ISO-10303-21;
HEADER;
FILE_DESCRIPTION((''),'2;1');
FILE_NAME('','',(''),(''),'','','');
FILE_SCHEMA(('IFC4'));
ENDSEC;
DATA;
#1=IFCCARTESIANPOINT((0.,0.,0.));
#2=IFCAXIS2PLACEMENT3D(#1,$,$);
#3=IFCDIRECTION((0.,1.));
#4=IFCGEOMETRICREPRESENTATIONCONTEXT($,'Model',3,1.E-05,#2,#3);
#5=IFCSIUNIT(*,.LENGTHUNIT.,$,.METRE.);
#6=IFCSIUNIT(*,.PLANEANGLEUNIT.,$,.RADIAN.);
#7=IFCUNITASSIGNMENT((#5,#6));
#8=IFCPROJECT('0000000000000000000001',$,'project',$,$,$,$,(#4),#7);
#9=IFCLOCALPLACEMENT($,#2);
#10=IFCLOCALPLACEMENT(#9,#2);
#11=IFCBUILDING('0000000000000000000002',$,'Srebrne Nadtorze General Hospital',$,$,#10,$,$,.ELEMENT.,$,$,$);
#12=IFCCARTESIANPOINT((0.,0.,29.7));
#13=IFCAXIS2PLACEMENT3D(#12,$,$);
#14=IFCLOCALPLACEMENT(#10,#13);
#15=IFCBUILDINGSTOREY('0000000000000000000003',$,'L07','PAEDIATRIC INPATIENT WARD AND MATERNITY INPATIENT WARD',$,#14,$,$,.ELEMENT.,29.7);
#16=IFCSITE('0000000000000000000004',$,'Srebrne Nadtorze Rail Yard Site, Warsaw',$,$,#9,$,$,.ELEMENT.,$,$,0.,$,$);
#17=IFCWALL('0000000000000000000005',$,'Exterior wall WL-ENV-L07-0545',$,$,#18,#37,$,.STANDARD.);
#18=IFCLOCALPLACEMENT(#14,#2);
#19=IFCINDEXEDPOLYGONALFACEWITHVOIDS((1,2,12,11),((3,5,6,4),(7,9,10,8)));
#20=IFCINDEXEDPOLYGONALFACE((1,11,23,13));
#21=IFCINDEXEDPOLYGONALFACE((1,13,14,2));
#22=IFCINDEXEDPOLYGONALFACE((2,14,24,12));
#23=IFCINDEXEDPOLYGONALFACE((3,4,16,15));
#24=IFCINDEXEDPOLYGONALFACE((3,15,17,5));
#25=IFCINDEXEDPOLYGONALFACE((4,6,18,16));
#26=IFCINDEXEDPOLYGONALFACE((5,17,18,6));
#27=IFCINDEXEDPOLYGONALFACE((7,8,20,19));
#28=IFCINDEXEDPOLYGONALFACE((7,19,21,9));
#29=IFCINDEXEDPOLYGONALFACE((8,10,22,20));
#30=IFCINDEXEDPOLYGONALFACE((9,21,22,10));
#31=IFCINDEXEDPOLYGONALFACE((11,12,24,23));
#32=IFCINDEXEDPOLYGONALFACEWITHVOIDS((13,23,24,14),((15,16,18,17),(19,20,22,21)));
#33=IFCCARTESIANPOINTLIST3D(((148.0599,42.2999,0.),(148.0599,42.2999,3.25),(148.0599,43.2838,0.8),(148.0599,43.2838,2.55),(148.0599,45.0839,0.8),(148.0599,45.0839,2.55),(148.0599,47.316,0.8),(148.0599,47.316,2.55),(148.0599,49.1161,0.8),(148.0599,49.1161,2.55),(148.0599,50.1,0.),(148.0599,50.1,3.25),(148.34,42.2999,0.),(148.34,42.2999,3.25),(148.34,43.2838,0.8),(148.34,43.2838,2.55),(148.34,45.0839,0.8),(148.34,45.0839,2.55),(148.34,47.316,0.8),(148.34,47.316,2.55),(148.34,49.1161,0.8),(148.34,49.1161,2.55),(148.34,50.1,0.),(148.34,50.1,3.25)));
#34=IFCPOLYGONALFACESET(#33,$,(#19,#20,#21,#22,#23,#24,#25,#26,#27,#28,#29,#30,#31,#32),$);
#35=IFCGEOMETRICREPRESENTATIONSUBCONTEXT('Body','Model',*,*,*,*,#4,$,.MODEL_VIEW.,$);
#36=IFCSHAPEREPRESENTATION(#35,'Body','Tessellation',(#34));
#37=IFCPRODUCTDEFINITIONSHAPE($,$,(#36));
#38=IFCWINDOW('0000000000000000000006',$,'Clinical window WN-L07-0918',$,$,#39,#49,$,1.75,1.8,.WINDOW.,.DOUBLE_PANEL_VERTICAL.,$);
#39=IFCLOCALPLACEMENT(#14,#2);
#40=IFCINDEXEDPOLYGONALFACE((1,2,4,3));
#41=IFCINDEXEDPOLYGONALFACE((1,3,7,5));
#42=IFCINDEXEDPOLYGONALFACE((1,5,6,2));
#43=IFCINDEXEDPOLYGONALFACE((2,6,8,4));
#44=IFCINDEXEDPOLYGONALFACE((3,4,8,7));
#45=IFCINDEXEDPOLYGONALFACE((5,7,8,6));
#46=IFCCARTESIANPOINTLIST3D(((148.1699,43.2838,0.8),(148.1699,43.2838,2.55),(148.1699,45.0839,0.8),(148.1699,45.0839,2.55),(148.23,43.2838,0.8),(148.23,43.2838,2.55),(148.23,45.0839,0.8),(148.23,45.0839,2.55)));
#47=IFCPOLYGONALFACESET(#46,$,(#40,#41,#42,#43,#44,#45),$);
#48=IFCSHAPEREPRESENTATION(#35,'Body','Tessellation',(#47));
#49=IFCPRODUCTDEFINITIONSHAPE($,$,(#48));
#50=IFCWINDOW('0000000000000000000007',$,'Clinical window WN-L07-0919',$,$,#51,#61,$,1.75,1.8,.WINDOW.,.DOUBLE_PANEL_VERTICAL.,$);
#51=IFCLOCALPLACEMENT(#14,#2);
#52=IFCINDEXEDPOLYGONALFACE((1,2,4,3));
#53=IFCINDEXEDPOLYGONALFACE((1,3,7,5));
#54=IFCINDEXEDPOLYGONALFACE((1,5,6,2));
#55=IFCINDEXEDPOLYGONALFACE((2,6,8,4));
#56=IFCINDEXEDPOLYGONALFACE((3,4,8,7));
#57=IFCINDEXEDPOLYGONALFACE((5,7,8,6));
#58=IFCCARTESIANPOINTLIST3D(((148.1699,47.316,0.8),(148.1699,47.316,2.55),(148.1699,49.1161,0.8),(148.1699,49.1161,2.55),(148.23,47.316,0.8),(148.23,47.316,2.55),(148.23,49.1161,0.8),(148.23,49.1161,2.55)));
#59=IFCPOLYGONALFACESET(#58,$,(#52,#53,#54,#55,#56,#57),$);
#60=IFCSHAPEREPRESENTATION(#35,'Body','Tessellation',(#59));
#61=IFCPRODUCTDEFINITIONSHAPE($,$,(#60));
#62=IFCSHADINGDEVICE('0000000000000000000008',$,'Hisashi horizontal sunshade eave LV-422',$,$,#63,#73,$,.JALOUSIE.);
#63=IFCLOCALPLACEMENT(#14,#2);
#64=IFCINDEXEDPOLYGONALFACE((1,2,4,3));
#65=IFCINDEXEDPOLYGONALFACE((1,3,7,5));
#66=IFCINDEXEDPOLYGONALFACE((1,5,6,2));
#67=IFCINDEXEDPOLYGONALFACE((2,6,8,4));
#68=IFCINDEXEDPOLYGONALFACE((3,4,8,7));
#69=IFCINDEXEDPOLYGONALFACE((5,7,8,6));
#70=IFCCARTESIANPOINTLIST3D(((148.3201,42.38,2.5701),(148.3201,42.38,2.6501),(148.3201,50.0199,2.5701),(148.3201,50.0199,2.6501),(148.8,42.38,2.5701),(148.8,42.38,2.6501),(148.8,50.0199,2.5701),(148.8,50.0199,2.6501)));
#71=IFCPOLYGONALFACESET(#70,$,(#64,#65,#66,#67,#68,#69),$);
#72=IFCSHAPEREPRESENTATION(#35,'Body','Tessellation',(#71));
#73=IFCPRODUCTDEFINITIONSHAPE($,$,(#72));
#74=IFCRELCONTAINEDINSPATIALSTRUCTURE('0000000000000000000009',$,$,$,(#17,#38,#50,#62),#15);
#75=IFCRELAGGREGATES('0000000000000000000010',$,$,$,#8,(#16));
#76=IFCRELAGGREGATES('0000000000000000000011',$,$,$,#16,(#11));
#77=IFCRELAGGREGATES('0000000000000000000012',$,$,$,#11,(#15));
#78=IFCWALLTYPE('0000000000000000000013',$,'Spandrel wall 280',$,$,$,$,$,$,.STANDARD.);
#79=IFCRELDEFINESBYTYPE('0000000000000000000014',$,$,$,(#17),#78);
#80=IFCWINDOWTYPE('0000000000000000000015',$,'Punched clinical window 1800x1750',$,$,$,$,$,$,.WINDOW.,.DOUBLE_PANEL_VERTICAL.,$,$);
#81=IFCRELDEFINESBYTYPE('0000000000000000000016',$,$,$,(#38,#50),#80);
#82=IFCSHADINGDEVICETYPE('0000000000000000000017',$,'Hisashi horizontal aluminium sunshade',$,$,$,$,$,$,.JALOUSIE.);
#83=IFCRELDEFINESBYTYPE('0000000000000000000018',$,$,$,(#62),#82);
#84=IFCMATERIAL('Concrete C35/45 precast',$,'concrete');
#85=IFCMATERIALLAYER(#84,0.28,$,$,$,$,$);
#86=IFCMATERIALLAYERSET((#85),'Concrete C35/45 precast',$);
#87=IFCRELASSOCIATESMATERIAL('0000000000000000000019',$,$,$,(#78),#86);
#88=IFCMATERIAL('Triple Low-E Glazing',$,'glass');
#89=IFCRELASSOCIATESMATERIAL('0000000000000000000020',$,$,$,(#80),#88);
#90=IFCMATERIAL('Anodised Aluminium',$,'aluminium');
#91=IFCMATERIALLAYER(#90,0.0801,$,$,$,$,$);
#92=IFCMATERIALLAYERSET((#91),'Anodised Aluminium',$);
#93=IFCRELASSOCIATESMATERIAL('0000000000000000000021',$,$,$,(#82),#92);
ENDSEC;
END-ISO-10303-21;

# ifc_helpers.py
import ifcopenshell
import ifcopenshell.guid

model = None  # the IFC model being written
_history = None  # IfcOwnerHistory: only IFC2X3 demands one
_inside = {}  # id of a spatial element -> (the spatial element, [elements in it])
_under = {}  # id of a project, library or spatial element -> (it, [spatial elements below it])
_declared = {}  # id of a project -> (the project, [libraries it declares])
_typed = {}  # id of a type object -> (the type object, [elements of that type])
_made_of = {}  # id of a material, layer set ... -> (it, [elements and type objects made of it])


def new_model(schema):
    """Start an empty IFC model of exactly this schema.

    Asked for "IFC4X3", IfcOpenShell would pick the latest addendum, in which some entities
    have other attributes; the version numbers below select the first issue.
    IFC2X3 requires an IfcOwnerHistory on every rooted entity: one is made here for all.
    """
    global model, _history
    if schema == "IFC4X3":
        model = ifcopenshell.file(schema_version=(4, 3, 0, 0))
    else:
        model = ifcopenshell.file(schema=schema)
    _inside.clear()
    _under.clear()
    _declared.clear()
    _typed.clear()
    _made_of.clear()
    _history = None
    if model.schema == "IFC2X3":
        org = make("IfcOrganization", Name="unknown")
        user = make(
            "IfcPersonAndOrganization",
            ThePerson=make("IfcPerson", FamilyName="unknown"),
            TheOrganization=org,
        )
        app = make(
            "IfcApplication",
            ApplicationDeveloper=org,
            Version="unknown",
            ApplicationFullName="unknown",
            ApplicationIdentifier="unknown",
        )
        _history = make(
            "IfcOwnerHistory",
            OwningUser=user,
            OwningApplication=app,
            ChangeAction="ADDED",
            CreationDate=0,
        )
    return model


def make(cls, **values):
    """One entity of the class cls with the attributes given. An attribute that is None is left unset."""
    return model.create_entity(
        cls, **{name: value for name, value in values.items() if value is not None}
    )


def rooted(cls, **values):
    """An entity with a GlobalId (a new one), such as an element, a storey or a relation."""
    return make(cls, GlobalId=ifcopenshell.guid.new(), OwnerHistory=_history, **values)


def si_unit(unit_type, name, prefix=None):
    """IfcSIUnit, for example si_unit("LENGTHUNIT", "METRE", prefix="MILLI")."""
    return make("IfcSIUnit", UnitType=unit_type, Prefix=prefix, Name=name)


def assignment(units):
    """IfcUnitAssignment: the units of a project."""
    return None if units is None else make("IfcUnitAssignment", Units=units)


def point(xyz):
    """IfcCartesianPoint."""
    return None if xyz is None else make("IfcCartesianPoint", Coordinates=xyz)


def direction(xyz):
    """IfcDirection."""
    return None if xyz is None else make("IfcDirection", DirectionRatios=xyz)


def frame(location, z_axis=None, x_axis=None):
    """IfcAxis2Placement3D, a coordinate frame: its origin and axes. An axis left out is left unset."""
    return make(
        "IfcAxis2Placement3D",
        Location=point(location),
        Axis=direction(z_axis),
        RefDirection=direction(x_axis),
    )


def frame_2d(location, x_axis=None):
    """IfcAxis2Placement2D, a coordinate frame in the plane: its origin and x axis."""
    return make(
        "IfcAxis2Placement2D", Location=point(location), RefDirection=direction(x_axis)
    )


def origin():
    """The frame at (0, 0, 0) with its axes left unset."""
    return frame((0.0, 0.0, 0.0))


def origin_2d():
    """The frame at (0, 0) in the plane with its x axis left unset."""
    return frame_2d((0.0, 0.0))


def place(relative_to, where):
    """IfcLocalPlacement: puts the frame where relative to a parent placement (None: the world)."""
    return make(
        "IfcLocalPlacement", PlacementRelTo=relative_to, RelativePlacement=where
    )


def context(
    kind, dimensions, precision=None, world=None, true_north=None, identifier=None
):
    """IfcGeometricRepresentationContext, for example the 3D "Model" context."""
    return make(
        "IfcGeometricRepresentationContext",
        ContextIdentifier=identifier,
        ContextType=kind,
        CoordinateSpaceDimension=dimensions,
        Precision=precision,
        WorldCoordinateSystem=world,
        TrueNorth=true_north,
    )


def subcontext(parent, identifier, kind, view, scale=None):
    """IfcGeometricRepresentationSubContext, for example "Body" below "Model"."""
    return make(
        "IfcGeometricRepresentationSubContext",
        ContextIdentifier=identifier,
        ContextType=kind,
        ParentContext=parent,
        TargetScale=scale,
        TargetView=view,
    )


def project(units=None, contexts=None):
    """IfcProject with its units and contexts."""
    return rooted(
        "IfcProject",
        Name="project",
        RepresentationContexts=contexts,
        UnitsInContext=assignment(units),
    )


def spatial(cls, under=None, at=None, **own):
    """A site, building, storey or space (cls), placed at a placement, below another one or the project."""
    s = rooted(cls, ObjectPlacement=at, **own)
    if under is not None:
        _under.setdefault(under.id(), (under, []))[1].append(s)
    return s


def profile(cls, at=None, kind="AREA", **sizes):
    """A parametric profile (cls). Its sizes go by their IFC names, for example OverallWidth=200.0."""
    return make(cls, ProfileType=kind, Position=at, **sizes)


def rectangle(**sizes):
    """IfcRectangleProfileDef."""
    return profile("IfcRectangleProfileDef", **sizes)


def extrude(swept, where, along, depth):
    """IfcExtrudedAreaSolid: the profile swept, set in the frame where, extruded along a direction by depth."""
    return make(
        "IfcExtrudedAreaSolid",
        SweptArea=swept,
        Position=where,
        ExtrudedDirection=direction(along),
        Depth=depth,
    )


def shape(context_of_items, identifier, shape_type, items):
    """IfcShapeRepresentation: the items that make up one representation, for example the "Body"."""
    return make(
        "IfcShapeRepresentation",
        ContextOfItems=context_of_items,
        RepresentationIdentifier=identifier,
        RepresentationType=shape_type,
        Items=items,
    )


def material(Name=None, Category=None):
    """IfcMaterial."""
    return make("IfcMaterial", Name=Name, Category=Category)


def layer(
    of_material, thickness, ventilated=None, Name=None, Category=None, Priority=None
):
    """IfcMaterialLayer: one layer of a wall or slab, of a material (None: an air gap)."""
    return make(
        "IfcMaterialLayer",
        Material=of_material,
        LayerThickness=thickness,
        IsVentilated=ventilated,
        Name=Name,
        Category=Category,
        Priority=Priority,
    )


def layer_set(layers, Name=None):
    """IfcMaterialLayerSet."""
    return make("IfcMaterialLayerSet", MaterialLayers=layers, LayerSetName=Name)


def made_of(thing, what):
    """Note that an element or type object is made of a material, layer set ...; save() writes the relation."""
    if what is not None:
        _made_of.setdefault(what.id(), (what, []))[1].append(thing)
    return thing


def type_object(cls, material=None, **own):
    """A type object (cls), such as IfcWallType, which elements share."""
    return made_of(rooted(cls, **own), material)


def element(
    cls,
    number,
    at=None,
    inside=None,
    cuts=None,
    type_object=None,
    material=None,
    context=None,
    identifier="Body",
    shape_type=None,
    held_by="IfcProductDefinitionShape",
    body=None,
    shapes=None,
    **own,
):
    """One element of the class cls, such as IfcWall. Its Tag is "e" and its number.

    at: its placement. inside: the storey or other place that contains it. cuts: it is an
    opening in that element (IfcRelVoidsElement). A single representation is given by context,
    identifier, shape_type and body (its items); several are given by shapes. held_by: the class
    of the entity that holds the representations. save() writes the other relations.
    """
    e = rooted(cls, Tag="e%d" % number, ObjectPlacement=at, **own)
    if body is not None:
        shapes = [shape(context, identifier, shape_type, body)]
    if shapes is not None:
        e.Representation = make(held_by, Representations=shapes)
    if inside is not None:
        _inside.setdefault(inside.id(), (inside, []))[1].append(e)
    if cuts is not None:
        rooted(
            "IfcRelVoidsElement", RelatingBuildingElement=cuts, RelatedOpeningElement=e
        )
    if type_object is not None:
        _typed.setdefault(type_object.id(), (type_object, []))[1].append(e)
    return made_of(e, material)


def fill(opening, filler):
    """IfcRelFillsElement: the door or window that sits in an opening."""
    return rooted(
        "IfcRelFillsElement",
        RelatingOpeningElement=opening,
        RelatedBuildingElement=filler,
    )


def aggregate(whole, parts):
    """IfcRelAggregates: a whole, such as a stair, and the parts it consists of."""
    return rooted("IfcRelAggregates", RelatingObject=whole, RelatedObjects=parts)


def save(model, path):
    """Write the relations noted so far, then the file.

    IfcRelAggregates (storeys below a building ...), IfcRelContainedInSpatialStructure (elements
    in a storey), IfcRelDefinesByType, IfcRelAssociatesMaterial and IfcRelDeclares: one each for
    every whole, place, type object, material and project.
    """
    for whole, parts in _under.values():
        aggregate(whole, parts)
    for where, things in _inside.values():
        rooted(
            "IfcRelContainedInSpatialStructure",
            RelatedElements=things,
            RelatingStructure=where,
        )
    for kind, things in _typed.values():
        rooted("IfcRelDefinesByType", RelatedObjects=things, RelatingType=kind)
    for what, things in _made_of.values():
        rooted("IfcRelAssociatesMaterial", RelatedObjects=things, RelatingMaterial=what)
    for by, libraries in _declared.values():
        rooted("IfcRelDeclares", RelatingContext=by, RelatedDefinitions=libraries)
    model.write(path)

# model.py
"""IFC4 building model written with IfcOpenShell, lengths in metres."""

from ifc_helpers import new_model, si_unit, direction, frame, frame_2d, origin, origin_2d, place, context, subcontext, project, spatial, rectangle, extrude, material, layer, layer_set, type_object, element, fill, save


model = new_model("IFC4")

# Units and contexts
model_context = context("Model", 3, precision=1e-05, world=origin(), true_north=direction((0.0, 1.0)))
body_context = subcontext(model_context, "Body", "Model", "MODEL_VIEW")
ifc_project = project(units=[si_unit("LENGTHUNIT", "METRE"), si_unit("PLANEANGLEUNIT", "RADIAN")], contexts=[model_context])

# Site, building, storey
site_placement = place(None, origin())
site = spatial("IfcSite", under=ifc_project, at=site_placement, Name="Srebrne Nadtorze Rail Yard Site, Warsaw", CompositionType="ELEMENT", RefElevation=0.0)
building_placement = place(site_placement, origin())
building = spatial("IfcBuilding", under=site, at=building_placement, Name="Srebrne Nadtorze General Hospital", CompositionType="ELEMENT")
storey_placement = place(building_placement, frame((0.0, 0.0, 29.7)))
storey = spatial("IfcBuildingStorey", under=building, at=storey_placement, Name="L07", Description="PAEDIATRIC INPATIENT WARD AND MATERNITY INPATIENT WARD", CompositionType="ELEMENT", Elevation=29.7)

# Wall, openings, windows
ifc_material_1 = material(Name="Concrete C35/45 precast", Category="concrete")
ifc_layer_1 = layer(ifc_material_1, 0.28)
ifc_layer_set_1 = layer_set([ifc_layer_1], Name="Concrete C35/45 precast")
wall_type_1 = type_object("IfcWallType", Name="Spandrel wall 280", PredefinedType="STANDARD", material=ifc_layer_set_1)
wall_1_placement = place(storey_placement, frame((148.2, 42.3, 0.0), z_axis=(0.0, 0.0, 1.0), x_axis=(0.0, 1.0, 0.0)))
wall_1 = element("IfcWall", 1, at=wall_1_placement, inside=storey, type_object=wall_type_1, Name="Exterior wall WL-ENV-L07-0545", PredefinedType="STANDARD", context=body_context, shape_type="SweptSolid", body=[
    extrude(rectangle(XDim=7.8, YDim=0.28, at=frame_2d((3.8999, 0.0))), origin(), (0.0, 0.0, 1.0), 3.25),
])
opening_1_placement = place(wall_1_placement, frame((0.9839, 0.0, 0.8)))
opening_1 = element("IfcOpeningElement", 2, at=opening_1_placement, cuts=wall_1, PredefinedType="OPENING", context=body_context, shape_type="SweptSolid", body=[
    extrude(rectangle(XDim=1.8, YDim=1.75, at=frame_2d((0.8999, 0.875))), frame((0.0, 0.1519, 0.0), z_axis=(0.0, -1.0, 0.0), x_axis=(1.0, 0.0, 0.0)), (0.0, 0.0, 1.0), 0.304),
])
opening_2_placement = place(wall_1_placement, frame((5.0161, 0.0, 0.8)))
opening_2 = element("IfcOpeningElement", 3, at=opening_2_placement, cuts=wall_1, PredefinedType="OPENING", context=body_context, shape_type="SweptSolid", body=[
    extrude(rectangle(XDim=1.8, YDim=1.75, at=frame_2d((0.8999, 0.875))), frame((0.0, 0.1519, 0.0), z_axis=(0.0, -1.0, 0.0), x_axis=(1.0, 0.0, 0.0)), (0.0, 0.0, 1.0), 0.304),
])
ifc_material_2 = material(Name="Triple Low-E Glazing", Category="glass")
window_type = type_object("IfcWindowType", Name="Punched clinical window 1800x1750", PartitioningType="DOUBLE_PANEL_VERTICAL", PredefinedType="WINDOW", material=ifc_material_2)
window_1_placement = place(opening_1_placement, origin())
window_1 = element("IfcWindow", 4, at=window_1_placement, inside=storey, type_object=window_type, Name="Clinical window WN-L07-0918", OverallHeight=1.75, OverallWidth=1.8, PartitioningType="DOUBLE_PANEL_VERTICAL", PredefinedType="WINDOW", context=body_context, shape_type="SweptSolid", body=[
    extrude(rectangle(XDim=1.8, YDim=1.75, at=frame_2d((0.8999, 0.875))), frame((0.0, 0.03, 0.0), z_axis=(0.0, -1.0, 0.0), x_axis=(1.0, 0.0, 0.0)), (0.0, 0.0, 1.0), 0.0601),
])
fill(opening_1, window_1)
window_2_placement = place(opening_2_placement, origin())
window_2 = element("IfcWindow", 5, at=window_2_placement, inside=storey, type_object=window_type, Name="Clinical window WN-L07-0919", OverallHeight=1.75, OverallWidth=1.8, PartitioningType="DOUBLE_PANEL_VERTICAL", PredefinedType="WINDOW", context=body_context, shape_type="SweptSolid", body=[
    extrude(rectangle(XDim=1.8, YDim=1.75, at=frame_2d((0.8999, 0.875))), frame((0.0, 0.03, 0.0), z_axis=(0.0, -1.0, 0.0), x_axis=(1.0, 0.0, 0.0)), (0.0, 0.0, 1.0), 0.0601),
])
fill(opening_2, window_2)

# Shading device
ifc_material_3 = material(Name="Anodised Aluminium", Category="aluminium")
ifc_layer_2 = layer(ifc_material_3, 0.0801)
ifc_layer_set_2 = layer_set([ifc_layer_2], Name="Anodised Aluminium")
shading_device_type = type_object("IfcShadingDeviceType", Name="Hisashi horizontal aluminium sunshade", PredefinedType="JALOUSIE", material=ifc_layer_set_2)
shading_device_placement = place(storey_placement, frame((148.5601, 46.2, 2.5701), z_axis=(0.0, 0.0, 1.0), x_axis=(1.0, 0.0, 0.0)))
element("IfcShadingDevice", 6, at=shading_device_placement, inside=storey, type_object=shading_device_type, Name="Hisashi horizontal sunshade eave LV-422", PredefinedType="JALOUSIE", context=body_context, shape_type="SweptSolid", body=[
    extrude(rectangle(XDim=0.48, YDim=7.6399, at=origin_2d()), origin(), (0.0, 0.0, 1.0), 0.0801),
])

save(model, "model.ifc")
